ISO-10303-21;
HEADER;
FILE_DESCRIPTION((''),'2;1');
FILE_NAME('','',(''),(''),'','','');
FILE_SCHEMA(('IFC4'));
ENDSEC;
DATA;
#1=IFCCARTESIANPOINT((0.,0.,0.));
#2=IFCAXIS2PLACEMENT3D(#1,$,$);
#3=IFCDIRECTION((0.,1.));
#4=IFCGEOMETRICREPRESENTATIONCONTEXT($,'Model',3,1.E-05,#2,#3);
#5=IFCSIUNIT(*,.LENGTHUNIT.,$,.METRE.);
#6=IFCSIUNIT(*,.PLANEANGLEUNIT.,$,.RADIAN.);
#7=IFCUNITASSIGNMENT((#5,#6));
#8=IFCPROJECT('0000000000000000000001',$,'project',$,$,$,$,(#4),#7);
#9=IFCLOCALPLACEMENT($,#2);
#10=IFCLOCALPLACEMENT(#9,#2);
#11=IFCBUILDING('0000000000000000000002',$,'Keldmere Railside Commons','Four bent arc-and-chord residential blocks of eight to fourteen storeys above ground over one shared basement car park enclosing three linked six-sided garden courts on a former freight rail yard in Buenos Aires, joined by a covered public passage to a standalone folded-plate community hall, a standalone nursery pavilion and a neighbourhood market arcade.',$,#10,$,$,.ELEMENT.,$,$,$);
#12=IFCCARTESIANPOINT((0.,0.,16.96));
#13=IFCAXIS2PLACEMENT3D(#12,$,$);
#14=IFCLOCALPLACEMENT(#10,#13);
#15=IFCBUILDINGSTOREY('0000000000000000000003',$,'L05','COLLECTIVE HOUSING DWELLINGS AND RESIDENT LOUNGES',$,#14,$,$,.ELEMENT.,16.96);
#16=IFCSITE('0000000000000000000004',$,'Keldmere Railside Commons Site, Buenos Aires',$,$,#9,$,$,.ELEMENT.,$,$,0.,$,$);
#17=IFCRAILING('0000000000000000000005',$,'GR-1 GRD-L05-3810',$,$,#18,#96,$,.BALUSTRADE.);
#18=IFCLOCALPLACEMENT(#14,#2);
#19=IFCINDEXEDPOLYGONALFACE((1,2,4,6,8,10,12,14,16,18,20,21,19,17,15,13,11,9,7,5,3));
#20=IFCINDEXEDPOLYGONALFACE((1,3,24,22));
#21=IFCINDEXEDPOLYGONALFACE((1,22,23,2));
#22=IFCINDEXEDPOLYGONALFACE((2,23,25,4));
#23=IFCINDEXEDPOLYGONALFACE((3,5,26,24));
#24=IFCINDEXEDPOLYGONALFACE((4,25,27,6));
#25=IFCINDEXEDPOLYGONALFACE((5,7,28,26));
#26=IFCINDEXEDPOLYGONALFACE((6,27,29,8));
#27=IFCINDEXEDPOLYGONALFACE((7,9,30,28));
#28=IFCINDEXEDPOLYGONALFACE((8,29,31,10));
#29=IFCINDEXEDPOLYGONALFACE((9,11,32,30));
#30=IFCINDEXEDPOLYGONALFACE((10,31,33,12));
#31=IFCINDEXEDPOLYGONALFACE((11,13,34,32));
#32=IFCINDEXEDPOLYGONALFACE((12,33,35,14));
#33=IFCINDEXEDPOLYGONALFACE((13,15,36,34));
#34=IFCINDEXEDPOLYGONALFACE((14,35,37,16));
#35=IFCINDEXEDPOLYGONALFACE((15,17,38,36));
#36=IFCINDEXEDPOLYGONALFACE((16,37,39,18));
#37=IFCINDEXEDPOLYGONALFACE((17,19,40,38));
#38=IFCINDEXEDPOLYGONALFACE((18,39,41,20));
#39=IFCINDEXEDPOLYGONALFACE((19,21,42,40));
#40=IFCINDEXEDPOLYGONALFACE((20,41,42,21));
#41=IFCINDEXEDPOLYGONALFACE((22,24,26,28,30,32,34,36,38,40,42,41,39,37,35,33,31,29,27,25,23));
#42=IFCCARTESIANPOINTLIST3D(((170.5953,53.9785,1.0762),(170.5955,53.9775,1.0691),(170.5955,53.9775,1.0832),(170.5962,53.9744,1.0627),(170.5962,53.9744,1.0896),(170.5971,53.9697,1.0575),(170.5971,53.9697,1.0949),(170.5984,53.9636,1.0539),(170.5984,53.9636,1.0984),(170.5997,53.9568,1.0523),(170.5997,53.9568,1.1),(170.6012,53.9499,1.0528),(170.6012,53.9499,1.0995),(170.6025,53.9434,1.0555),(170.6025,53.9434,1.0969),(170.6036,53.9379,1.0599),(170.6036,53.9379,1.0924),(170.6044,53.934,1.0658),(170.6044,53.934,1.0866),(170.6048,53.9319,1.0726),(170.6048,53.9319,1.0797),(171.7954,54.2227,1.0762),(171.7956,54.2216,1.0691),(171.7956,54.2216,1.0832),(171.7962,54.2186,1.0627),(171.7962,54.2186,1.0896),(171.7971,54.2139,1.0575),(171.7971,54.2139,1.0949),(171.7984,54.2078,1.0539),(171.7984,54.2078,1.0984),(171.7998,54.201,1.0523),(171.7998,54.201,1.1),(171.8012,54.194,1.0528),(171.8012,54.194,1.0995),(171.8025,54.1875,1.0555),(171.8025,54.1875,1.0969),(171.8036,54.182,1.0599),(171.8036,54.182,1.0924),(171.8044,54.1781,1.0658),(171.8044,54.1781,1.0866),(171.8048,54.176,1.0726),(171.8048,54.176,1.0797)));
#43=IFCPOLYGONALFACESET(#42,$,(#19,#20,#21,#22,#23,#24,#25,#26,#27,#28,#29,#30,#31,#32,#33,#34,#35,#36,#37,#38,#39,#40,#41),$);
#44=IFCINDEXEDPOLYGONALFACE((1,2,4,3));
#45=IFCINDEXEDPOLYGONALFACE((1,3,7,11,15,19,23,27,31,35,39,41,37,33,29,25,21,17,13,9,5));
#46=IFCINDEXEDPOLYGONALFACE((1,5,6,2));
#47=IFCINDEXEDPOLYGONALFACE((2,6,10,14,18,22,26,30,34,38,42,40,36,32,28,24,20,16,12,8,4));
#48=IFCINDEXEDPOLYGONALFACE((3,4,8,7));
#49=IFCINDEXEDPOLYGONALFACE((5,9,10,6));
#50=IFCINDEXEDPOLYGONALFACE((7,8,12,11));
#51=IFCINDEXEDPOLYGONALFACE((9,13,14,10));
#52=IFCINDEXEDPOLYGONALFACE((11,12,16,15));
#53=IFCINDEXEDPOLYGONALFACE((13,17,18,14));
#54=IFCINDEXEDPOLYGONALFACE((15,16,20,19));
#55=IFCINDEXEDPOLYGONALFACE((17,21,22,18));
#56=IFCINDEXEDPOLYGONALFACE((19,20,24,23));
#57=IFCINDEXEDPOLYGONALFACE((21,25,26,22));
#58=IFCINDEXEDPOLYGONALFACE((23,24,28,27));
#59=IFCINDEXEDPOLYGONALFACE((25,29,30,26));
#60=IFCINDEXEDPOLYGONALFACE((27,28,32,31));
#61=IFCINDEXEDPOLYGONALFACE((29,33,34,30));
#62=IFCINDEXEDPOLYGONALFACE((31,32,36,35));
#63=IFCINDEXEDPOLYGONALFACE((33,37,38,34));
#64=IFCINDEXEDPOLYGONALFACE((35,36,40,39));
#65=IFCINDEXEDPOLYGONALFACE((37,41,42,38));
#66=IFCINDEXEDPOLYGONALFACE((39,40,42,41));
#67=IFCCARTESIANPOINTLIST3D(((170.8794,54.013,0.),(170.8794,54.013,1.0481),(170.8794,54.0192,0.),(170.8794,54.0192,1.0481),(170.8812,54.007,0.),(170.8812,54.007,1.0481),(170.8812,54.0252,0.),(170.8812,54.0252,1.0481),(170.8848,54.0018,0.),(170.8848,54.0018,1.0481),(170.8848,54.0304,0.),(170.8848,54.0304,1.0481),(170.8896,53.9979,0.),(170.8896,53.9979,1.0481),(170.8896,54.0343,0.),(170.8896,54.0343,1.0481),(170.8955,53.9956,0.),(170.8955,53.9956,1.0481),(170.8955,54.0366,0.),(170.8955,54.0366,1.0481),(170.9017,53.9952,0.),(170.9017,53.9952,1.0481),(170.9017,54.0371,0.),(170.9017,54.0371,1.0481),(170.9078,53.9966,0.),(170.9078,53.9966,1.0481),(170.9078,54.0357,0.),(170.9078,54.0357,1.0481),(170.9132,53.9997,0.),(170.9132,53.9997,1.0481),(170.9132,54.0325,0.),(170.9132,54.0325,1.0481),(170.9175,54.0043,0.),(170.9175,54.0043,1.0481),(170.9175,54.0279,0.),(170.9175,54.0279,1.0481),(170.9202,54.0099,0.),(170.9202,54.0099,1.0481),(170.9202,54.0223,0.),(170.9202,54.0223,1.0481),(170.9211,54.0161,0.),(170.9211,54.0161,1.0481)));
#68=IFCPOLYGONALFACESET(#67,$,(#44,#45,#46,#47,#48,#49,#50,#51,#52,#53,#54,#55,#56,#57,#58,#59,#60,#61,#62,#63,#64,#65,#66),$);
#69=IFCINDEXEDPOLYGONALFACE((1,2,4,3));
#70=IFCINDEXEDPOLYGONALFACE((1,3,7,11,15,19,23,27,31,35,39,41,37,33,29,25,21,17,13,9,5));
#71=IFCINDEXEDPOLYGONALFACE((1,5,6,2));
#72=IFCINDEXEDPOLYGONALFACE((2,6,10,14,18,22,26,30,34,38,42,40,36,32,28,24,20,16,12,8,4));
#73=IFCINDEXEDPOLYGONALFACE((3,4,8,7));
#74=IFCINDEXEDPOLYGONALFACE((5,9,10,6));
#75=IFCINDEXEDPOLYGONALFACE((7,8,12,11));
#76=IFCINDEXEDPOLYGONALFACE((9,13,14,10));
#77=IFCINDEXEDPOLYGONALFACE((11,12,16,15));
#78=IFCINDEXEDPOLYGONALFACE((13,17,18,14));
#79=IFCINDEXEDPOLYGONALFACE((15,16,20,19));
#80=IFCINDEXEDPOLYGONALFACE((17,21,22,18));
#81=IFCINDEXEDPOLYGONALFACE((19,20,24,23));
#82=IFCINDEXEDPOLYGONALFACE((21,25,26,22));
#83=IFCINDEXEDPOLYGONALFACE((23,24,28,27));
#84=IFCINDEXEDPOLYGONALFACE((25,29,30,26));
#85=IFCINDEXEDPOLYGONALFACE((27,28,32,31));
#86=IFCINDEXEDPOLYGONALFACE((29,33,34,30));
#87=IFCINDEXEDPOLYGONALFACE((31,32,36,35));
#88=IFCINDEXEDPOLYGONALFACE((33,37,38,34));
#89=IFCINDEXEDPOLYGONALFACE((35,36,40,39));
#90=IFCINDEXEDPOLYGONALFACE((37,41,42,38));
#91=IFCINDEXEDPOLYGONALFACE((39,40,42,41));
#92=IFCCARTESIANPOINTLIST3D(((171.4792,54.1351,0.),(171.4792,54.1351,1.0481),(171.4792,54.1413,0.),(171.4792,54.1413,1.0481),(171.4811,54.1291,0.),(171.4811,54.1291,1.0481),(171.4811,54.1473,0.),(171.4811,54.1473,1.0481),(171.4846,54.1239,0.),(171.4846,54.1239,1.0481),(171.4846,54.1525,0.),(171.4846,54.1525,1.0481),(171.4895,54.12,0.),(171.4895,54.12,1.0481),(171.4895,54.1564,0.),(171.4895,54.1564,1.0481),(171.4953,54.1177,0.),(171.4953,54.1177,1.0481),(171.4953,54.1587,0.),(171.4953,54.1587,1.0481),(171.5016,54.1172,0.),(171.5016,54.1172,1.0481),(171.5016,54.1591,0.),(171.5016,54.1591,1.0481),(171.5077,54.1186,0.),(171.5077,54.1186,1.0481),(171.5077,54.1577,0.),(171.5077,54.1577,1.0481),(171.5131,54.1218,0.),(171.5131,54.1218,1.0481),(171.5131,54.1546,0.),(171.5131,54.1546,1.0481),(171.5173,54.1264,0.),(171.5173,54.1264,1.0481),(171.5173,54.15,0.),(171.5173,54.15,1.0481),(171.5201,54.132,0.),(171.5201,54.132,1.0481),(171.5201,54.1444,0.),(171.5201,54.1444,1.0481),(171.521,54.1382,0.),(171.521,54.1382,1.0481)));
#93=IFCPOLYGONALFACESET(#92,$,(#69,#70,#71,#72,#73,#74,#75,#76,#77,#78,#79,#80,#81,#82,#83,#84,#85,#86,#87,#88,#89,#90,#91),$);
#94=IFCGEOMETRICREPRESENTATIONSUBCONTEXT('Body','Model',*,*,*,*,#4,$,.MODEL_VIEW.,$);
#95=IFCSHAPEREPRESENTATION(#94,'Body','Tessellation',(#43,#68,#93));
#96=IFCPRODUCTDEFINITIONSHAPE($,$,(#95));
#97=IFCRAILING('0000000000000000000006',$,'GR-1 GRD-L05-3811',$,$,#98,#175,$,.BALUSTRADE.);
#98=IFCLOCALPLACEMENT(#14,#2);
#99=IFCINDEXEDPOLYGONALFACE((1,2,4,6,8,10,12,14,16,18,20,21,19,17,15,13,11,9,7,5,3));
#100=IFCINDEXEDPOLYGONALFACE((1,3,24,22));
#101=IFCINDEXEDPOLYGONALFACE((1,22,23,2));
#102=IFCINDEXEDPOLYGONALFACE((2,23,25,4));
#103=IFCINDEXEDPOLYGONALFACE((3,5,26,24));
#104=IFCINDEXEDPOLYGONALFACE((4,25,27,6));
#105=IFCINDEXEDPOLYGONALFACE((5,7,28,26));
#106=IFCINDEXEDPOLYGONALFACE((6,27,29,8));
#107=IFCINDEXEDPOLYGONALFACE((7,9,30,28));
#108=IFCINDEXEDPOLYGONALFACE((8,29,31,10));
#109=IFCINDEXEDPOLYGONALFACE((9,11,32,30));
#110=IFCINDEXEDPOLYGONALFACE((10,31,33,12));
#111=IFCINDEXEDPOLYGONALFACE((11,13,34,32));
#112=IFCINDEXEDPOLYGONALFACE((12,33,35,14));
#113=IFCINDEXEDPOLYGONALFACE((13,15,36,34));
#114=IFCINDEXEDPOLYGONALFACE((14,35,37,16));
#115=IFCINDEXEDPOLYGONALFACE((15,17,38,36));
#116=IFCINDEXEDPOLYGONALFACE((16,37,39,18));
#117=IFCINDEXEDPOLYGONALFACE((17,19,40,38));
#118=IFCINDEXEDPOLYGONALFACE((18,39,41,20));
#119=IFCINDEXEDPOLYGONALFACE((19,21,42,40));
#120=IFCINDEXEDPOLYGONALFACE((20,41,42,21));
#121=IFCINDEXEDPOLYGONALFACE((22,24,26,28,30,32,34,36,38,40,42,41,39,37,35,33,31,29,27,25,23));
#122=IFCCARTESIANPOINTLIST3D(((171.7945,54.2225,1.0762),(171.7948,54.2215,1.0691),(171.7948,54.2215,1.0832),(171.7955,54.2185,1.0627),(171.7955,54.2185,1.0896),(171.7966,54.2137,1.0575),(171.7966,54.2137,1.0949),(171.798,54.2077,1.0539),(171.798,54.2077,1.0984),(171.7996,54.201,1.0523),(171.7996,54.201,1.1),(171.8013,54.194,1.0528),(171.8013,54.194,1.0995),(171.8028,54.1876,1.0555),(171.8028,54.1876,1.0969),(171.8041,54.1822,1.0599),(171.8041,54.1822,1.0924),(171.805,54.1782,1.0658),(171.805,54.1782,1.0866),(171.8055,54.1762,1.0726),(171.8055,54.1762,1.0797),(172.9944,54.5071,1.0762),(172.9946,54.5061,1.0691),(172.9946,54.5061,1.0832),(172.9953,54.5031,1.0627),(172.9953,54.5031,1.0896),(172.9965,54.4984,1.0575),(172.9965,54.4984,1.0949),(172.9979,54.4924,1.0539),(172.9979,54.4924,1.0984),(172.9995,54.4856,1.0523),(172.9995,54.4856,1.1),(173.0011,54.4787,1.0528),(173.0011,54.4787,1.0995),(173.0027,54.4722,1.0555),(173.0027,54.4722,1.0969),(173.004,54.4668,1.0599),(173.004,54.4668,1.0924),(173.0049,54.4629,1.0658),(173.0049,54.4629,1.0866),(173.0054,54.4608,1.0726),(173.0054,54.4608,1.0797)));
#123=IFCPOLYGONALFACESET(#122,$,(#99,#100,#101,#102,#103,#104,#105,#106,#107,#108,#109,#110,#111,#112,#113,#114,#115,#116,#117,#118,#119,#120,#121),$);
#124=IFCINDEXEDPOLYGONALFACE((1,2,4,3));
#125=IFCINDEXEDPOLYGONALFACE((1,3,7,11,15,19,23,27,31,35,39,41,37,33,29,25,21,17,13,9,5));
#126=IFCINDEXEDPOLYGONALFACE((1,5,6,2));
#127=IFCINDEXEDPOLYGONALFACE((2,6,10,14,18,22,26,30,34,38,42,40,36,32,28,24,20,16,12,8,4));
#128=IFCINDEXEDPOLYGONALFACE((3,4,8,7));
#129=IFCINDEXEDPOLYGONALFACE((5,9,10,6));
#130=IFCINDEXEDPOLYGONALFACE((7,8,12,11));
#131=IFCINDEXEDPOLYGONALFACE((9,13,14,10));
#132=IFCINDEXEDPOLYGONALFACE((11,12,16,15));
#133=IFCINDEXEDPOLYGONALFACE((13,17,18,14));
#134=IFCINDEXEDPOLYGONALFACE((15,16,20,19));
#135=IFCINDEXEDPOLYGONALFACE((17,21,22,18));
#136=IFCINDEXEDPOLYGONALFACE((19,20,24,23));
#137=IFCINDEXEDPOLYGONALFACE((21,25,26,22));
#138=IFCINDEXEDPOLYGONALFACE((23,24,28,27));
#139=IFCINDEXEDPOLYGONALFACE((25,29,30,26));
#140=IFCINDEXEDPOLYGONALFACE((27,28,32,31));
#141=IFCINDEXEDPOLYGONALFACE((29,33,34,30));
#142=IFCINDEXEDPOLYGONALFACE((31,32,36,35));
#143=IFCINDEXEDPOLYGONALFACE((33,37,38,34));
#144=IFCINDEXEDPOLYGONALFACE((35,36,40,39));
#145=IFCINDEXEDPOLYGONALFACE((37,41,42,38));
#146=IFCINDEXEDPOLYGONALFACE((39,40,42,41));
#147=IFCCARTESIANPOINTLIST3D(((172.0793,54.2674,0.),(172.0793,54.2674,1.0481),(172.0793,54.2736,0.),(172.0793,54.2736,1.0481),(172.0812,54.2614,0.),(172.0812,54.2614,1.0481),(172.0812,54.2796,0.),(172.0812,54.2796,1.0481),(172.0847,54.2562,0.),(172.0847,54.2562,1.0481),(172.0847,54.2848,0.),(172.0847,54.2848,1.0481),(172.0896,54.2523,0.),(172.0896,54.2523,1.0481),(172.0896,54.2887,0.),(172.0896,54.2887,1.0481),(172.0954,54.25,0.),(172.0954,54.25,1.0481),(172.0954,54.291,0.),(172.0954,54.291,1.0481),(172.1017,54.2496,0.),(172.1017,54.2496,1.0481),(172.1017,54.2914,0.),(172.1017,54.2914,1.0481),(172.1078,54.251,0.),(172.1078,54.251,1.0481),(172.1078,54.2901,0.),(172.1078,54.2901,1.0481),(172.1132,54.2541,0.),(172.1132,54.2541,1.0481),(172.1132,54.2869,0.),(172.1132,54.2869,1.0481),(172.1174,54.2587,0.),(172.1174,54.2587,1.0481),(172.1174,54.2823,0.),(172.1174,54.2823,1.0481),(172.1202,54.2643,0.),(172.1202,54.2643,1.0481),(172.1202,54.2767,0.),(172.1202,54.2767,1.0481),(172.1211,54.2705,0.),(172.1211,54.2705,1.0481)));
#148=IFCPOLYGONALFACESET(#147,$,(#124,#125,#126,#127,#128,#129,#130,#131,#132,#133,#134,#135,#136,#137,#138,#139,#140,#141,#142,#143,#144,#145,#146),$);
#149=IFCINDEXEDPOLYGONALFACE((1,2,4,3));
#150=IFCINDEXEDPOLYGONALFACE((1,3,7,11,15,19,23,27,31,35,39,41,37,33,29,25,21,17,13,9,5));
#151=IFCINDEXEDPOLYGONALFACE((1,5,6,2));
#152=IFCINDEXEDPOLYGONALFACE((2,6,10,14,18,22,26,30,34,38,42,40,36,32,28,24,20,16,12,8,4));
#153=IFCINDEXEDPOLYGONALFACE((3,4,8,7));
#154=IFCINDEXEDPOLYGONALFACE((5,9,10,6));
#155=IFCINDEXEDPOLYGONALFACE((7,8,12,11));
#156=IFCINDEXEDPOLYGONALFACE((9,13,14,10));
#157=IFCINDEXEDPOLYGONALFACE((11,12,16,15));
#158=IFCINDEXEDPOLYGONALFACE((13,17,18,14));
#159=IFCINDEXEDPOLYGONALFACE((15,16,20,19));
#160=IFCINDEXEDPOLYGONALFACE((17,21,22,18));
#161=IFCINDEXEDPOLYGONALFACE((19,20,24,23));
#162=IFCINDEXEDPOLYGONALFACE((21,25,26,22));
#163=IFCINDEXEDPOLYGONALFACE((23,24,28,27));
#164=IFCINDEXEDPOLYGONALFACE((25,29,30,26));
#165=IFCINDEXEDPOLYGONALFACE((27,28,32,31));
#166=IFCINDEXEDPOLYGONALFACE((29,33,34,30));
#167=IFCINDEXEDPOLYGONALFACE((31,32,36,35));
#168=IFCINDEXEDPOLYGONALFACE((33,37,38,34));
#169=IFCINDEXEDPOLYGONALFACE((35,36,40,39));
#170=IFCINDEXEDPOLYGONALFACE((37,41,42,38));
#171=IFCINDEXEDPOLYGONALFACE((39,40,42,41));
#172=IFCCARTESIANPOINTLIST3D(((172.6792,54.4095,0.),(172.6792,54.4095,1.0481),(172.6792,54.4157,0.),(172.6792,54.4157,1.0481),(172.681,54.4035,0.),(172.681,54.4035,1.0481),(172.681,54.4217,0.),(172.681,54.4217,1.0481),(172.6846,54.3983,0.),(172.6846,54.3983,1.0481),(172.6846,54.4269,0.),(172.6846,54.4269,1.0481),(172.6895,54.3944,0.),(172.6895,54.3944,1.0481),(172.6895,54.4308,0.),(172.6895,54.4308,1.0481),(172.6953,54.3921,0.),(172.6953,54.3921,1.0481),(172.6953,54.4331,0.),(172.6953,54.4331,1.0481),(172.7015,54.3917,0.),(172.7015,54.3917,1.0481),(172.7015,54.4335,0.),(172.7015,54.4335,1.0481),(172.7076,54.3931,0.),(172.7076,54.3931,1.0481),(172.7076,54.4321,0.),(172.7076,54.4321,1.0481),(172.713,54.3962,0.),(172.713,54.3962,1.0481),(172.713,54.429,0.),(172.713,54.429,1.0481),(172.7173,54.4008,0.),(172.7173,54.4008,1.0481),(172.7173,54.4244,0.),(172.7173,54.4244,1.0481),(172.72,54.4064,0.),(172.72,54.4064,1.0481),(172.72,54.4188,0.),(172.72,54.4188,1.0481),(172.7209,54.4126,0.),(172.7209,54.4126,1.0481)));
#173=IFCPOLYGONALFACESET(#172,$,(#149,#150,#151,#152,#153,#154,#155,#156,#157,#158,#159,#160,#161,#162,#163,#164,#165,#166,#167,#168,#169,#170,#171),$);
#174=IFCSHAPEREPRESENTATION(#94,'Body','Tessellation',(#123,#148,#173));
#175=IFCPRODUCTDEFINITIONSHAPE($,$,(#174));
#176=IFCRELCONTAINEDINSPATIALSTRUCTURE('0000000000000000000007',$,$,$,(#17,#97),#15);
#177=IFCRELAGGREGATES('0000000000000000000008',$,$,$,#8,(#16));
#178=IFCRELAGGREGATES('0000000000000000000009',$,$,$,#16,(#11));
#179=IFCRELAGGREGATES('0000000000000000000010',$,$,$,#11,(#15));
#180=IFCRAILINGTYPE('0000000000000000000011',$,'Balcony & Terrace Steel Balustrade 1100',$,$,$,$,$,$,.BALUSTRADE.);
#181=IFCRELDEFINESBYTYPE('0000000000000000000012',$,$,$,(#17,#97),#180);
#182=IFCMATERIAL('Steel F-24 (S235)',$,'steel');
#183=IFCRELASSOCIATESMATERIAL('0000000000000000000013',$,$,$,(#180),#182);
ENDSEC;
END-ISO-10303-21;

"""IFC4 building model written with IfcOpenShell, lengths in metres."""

from ifc_helpers import new_model, si_unit, direction, frame, origin, origin_2d, place, context, subcontext, project, spatial, circle, extrude, material, type_object, element, save


model = new_model("IFC4")

# Units and contexts
model_context = context("Model", 3, precision=1e-05, world=origin(), true_north=direction((0.0, 1.0)))
body_context = subcontext(model_context, "Body", "Model", "MODEL_VIEW")
ifc_project = project(units=[si_unit("LENGTHUNIT", "METRE"), si_unit("PLANEANGLEUNIT", "RADIAN")], contexts=[model_context])

# Site, building, storey
site_placement = place(None, origin())
site = spatial("IfcSite", under=ifc_project, at=site_placement, Name="Keldmere Railside Commons Site, Buenos Aires", CompositionType="ELEMENT", RefElevation=0.0)
building_placement = place(site_placement, origin())
building = spatial("IfcBuilding", under=site, at=building_placement, Name="Keldmere Railside Commons", Description="Four bent arc-and-chord residential blocks of eight to fourteen storeys above ground over one shared basement car park enclosing three linked six-sided garden courts on a former freight rail yard in Buenos Aires, joined by a covered public passage to a standalone folded-plate community hall, a standalone nursery pavilion and a neighbourhood market arcade.", CompositionType="ELEMENT")
storey_placement = place(building_placement, frame((0.0, 0.0, 16.96)))
storey = spatial("IfcBuildingStorey", under=building, at=storey_placement, Name="L05", Description="COLLECTIVE HOUSING DWELLINGS AND RESIDENT LOUNGES", CompositionType="ELEMENT", Elevation=16.96)

# Railings
ifc_material_1 = material(Name="Steel F-24 (S235)", Category="steel")
railing_type = type_object("IfcRailingType", Name="Balcony & Terrace Steel Balustrade 1100", PredefinedType="BALUSTRADE", material=ifc_material_1)
railing_1_placement = place(storey_placement, frame((170.6001, 53.9551, 0.0)))
element("IfcRailing", 1, at=railing_1_placement, inside=storey, type_object=railing_type, Name="GR-1 GRD-L05-3810", PredefinedType="BALUSTRADE", context=body_context, shape_type="SweptSolid", body=[
    extrude(circle(Radius=0.0239, at=origin_2d()), frame((0.0, 0.0, 1.0762), z_axis=(0.979923, 0.199374, 0.0), x_axis=(-0.199374, 0.979923, 0.0)), (0.0, 0.0, 1.0), 1.2246),
    extrude(circle(Radius=0.021, at=origin_2d()), frame((0.3, 0.061, 0.0)), (0.0, 0.0, 1.0), 1.0481),
    extrude(circle(Radius=0.021, at=origin_2d()), frame((0.8999, 0.1831, 0.0)), (0.0, 0.0, 1.0), 1.0481),
])
railing_2_placement = place(storey_placement, frame((171.8, 54.1992, 0.0)))
element("IfcRailing", 2, at=railing_2_placement, inside=storey, type_object=railing_type, Name="GR-1 GRD-L05-3811", PredefinedType="BALUSTRADE", context=body_context, shape_type="SweptSolid", body=[
    extrude(circle(Radius=0.0239, at=origin_2d()), frame((0.0, 0.0, 1.0762), z_axis=(0.972995, 0.230826, 0.0), x_axis=(-0.230826, 0.972995, 0.0)), (0.0, 0.0, 1.0), 1.2332),
    extrude(circle(Radius=0.021, at=origin_2d()), frame((0.3, 0.0713, 0.0)), (0.0, 0.0, 1.0), 1.0481),
    extrude(circle(Radius=0.021, at=origin_2d()), frame((0.8999, 0.2134, 0.0)), (0.0, 0.0, 1.0), 1.0481),
])

save(model, "model.ifc")
